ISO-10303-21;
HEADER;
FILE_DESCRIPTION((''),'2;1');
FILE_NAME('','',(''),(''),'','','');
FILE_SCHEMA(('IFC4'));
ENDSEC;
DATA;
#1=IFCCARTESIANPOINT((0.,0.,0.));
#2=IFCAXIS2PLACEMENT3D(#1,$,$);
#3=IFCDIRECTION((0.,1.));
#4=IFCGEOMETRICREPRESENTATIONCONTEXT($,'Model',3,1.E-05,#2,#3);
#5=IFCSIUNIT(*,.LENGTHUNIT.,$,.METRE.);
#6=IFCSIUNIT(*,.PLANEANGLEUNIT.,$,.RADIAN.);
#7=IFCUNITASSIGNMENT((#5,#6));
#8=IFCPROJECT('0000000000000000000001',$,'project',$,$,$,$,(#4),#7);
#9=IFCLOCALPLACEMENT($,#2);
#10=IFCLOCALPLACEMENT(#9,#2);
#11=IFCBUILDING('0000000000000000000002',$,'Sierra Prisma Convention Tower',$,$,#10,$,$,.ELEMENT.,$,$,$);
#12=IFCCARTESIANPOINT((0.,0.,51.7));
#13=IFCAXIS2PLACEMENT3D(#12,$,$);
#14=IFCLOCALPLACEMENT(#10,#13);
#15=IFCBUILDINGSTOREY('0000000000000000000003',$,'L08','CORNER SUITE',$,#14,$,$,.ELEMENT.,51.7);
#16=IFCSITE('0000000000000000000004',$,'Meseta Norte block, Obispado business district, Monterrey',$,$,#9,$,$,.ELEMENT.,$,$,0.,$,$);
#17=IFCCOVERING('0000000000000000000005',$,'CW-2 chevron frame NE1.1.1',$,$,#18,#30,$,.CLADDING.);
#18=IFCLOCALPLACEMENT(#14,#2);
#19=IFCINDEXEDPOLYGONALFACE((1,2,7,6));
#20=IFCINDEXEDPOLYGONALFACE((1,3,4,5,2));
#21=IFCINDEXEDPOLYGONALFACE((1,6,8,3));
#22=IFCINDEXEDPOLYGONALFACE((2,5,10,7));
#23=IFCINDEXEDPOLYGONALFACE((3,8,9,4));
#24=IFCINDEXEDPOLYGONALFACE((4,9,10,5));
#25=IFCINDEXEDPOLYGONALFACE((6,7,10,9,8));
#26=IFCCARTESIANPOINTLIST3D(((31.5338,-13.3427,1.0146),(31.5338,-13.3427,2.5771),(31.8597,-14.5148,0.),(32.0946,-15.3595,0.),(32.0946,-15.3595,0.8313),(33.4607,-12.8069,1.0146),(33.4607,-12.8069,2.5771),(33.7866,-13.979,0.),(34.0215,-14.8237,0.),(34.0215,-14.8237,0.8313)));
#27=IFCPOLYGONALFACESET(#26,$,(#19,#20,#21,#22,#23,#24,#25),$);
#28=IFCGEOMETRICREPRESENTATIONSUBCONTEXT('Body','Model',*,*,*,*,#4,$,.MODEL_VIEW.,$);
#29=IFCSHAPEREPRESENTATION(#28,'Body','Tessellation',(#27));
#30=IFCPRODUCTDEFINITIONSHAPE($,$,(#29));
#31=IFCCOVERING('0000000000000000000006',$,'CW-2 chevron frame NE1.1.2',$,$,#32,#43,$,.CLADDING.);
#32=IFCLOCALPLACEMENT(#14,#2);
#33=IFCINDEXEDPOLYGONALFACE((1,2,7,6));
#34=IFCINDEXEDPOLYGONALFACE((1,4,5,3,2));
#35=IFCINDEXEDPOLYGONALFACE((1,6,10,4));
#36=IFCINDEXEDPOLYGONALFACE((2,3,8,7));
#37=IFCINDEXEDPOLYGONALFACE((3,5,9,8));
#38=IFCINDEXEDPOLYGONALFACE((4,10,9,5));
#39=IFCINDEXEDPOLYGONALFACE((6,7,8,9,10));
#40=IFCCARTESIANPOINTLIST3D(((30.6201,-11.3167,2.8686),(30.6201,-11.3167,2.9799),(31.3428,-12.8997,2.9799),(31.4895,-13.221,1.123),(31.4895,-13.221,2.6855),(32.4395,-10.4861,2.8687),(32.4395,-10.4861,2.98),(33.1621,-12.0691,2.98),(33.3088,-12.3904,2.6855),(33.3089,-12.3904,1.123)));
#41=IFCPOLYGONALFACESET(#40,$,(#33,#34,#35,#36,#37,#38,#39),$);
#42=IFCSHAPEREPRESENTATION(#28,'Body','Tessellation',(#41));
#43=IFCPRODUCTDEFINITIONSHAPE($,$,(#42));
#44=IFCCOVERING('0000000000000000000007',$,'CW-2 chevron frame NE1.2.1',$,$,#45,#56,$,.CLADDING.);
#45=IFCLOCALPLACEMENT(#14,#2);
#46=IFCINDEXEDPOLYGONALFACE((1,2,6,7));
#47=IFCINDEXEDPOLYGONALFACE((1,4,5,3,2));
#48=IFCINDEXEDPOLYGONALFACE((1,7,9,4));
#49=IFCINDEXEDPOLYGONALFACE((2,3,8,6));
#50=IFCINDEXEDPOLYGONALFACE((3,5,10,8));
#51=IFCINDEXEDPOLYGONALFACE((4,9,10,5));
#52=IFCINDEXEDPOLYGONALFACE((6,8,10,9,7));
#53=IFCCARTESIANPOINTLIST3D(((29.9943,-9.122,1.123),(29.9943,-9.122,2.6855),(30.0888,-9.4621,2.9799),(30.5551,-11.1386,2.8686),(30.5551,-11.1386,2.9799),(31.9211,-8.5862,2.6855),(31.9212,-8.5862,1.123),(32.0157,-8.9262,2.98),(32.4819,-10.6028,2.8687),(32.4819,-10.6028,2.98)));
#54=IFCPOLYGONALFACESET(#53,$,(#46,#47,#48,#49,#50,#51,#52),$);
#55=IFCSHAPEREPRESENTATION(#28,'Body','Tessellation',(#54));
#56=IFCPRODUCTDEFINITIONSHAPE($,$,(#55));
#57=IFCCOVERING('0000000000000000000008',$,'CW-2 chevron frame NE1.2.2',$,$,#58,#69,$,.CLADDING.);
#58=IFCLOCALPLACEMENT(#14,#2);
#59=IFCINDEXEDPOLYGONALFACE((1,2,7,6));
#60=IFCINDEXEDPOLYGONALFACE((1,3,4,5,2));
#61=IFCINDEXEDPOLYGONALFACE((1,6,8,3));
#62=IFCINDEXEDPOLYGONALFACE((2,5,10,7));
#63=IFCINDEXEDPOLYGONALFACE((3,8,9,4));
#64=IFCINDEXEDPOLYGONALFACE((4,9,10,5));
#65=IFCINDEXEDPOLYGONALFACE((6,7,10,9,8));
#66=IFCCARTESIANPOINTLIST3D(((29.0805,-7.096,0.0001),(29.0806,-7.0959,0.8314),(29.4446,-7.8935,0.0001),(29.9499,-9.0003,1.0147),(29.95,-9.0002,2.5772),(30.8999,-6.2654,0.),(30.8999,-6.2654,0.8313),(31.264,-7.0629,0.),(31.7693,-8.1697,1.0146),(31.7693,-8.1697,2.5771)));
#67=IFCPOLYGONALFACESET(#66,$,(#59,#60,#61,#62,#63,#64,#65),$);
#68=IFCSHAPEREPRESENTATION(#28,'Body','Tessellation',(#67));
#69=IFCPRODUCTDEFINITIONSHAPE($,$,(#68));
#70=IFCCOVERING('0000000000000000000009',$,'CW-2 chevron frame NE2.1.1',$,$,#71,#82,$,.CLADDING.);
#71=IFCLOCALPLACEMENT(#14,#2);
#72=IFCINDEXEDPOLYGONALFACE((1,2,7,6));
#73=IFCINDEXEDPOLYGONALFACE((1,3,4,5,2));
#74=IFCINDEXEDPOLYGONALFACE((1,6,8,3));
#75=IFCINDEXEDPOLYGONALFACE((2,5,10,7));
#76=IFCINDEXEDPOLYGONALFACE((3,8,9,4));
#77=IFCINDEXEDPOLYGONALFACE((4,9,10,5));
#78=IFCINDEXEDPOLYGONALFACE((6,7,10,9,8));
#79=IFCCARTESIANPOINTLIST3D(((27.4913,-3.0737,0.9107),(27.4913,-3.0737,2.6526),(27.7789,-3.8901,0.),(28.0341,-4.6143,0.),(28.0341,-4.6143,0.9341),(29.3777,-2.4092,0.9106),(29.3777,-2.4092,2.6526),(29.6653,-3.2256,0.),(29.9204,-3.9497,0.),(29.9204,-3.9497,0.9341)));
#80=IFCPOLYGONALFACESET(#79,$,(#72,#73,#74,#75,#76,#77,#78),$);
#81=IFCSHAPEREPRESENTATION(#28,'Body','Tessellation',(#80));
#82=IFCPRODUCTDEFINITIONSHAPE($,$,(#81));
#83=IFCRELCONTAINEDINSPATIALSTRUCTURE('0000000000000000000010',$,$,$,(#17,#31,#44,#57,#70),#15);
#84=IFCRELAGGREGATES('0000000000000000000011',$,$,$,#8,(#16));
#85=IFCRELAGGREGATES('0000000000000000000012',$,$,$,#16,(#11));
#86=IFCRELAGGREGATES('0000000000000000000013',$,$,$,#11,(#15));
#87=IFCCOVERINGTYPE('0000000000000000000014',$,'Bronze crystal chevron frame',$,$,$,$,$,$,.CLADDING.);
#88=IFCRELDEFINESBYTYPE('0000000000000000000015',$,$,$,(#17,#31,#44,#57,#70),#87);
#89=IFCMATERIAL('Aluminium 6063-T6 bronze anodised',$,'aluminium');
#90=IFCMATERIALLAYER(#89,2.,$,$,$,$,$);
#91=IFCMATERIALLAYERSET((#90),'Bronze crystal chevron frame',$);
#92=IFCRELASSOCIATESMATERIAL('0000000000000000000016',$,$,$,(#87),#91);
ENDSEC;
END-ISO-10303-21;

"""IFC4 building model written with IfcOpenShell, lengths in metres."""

from ifc_helpers import new_model, si_unit, direction, frame, origin, place, context, subcontext, project, spatial, polyline, outline, extrude, material, layer, layer_set, type_object, element, save


model = new_model("IFC4")

# Units and contexts
model_context = context("Model", 3, precision=1e-05, world=origin(), true_north=direction((0.0, 1.0)))
body_context = subcontext(model_context, "Body", "Model", "MODEL_VIEW")
ifc_project = project(units=[si_unit("LENGTHUNIT", "METRE"), si_unit("PLANEANGLEUNIT", "RADIAN")], contexts=[model_context])

# Site, building, storey
site_placement = place(None, origin())
site = spatial("IfcSite", under=ifc_project, at=site_placement, Name="Meseta Norte block, Obispado business district, Monterrey", CompositionType="ELEMENT", RefElevation=0.0)
building_placement = place(site_placement, origin())
building = spatial("IfcBuilding", under=site, at=building_placement, Name="Sierra Prisma Convention Tower", CompositionType="ELEMENT")
storey_placement = place(building_placement, frame((0.0, 0.0, 51.7)))
storey = spatial("IfcBuildingStorey", under=building, at=storey_placement, Name="L08", Description="CORNER SUITE", CompositionType="ELEMENT", Elevation=51.7)

# Coverings
ifc_material_1 = material(Name="Aluminium 6063-T6 bronze anodised", Category="aluminium")
ifc_layer_1 = layer(ifc_material_1, 2.0)
ifc_layer_set_1 = layer_set([ifc_layer_1], Name="Bronze crystal chevron frame")
covering_type = type_object("IfcCoveringType", Name="Bronze crystal chevron frame", PredefinedType="CLADDING", material=ifc_layer_set_1)
covering_1_placement = place(storey_placement, frame((34.0215, -14.8237, 0.0), z_axis=(0.96345, 0.267888, 0.000005), x_axis=(-0.267888, 0.96345, 0.0)))
element("IfcCovering", 1, at=covering_1_placement, inside=storey, type_object=covering_type, Name="CW-2 chevron frame NE1.1.1", PredefinedType="CLADDING", context=body_context, shape_type="SweptSolid", body=[
    extrude(outline(polyline([(0.0, 0.0), (0.8768, 0.0), (2.0934, 1.0146), (2.0934, 2.5771), (0.0, 0.8313), (0.0, 0.0)])), origin(), (0.0, 0.0, -1.0), 2.0),
])
covering_2_placement = place(storey_placement, frame((33.3088, -12.3904, 2.6855), z_axis=(0.909684, 0.415302, 0.000023), x_axis=(0.000021, 0.000009, -1.0)))
element("IfcCovering", 2, at=covering_2_placement, inside=storey, type_object=covering_type, Name="CW-2 chevron frame NE1.1.2", PredefinedType="CLADDING", context=body_context, shape_type="SweptSolid", body=[
    extrude(outline(polyline([(0.0, 0.0), (1.5625, 0.0), (-0.1831, 2.0934), (-0.2944, 2.0934), (-0.2944, 0.3532), (0.0, 0.0)])), origin(), (0.0, 0.0, -1.0), 2.0),
])
covering_3_placement = place(storey_placement, frame((32.4819, -10.6028, 2.98), z_axis=(0.963439, 0.267927, 0.000046), x_axis=(0.000044, 0.000012, -1.0)))
element("IfcCovering", 3, at=covering_3_placement, inside=storey, type_object=covering_type, Name="CW-2 chevron frame NE1.2.1", PredefinedType="CLADDING", context=body_context, shape_type="SweptSolid", body=[
    extrude(outline(polyline([(0.0, 0.0), (0.1113, 0.0), (1.8569, 2.0931), (0.2944, 2.0931), (0.0, 1.7402), (0.0, 0.0)])), origin(), (0.0, 0.0, -1.0), 2.0),
])
covering_4_placement = place(storey_placement, frame((30.8999, -6.2654, 0.0), z_axis=(0.90969, 0.415287, -0.00004), x_axis=(0.000037, 0.000017, 1.0)))
element("IfcCovering", 4, at=covering_4_placement, inside=storey, type_object=covering_type, Name="CW-2 chevron frame NE1.2.2", PredefinedType="CLADDING", context=body_context, shape_type="SweptSolid", body=[
    extrude(outline(polyline([(0.0, 0.0), (0.8313, 0.0), (2.5771, 2.0934), (1.0146, 2.0934), (0.0, 0.8767), (0.0, 0.0)])), origin(), (0.0, 0.0, -1.0), 2.0),
])
covering_5_placement = place(storey_placement, frame((29.9204, -3.9497, 0.0), z_axis=(0.943179, 0.332284, -0.000006), x_axis=(-0.332284, 0.943179, 0.0)))
element("IfcCovering", 5, at=covering_5_placement, inside=storey, type_object=covering_type, Name="CW-2 chevron frame NE2.1.1", PredefinedType="CLADDING", context=body_context, shape_type="SweptSolid", body=[
    extrude(outline(polyline([(0.0, 0.0), (0.7678, 0.0), (1.6333, 0.9106), (1.6333, 2.6526), (0.0, 0.9341), (0.0, 0.0)])), origin(), (0.0, 0.0, -1.0), 2.0),
])

save(model, "model.ifc")
